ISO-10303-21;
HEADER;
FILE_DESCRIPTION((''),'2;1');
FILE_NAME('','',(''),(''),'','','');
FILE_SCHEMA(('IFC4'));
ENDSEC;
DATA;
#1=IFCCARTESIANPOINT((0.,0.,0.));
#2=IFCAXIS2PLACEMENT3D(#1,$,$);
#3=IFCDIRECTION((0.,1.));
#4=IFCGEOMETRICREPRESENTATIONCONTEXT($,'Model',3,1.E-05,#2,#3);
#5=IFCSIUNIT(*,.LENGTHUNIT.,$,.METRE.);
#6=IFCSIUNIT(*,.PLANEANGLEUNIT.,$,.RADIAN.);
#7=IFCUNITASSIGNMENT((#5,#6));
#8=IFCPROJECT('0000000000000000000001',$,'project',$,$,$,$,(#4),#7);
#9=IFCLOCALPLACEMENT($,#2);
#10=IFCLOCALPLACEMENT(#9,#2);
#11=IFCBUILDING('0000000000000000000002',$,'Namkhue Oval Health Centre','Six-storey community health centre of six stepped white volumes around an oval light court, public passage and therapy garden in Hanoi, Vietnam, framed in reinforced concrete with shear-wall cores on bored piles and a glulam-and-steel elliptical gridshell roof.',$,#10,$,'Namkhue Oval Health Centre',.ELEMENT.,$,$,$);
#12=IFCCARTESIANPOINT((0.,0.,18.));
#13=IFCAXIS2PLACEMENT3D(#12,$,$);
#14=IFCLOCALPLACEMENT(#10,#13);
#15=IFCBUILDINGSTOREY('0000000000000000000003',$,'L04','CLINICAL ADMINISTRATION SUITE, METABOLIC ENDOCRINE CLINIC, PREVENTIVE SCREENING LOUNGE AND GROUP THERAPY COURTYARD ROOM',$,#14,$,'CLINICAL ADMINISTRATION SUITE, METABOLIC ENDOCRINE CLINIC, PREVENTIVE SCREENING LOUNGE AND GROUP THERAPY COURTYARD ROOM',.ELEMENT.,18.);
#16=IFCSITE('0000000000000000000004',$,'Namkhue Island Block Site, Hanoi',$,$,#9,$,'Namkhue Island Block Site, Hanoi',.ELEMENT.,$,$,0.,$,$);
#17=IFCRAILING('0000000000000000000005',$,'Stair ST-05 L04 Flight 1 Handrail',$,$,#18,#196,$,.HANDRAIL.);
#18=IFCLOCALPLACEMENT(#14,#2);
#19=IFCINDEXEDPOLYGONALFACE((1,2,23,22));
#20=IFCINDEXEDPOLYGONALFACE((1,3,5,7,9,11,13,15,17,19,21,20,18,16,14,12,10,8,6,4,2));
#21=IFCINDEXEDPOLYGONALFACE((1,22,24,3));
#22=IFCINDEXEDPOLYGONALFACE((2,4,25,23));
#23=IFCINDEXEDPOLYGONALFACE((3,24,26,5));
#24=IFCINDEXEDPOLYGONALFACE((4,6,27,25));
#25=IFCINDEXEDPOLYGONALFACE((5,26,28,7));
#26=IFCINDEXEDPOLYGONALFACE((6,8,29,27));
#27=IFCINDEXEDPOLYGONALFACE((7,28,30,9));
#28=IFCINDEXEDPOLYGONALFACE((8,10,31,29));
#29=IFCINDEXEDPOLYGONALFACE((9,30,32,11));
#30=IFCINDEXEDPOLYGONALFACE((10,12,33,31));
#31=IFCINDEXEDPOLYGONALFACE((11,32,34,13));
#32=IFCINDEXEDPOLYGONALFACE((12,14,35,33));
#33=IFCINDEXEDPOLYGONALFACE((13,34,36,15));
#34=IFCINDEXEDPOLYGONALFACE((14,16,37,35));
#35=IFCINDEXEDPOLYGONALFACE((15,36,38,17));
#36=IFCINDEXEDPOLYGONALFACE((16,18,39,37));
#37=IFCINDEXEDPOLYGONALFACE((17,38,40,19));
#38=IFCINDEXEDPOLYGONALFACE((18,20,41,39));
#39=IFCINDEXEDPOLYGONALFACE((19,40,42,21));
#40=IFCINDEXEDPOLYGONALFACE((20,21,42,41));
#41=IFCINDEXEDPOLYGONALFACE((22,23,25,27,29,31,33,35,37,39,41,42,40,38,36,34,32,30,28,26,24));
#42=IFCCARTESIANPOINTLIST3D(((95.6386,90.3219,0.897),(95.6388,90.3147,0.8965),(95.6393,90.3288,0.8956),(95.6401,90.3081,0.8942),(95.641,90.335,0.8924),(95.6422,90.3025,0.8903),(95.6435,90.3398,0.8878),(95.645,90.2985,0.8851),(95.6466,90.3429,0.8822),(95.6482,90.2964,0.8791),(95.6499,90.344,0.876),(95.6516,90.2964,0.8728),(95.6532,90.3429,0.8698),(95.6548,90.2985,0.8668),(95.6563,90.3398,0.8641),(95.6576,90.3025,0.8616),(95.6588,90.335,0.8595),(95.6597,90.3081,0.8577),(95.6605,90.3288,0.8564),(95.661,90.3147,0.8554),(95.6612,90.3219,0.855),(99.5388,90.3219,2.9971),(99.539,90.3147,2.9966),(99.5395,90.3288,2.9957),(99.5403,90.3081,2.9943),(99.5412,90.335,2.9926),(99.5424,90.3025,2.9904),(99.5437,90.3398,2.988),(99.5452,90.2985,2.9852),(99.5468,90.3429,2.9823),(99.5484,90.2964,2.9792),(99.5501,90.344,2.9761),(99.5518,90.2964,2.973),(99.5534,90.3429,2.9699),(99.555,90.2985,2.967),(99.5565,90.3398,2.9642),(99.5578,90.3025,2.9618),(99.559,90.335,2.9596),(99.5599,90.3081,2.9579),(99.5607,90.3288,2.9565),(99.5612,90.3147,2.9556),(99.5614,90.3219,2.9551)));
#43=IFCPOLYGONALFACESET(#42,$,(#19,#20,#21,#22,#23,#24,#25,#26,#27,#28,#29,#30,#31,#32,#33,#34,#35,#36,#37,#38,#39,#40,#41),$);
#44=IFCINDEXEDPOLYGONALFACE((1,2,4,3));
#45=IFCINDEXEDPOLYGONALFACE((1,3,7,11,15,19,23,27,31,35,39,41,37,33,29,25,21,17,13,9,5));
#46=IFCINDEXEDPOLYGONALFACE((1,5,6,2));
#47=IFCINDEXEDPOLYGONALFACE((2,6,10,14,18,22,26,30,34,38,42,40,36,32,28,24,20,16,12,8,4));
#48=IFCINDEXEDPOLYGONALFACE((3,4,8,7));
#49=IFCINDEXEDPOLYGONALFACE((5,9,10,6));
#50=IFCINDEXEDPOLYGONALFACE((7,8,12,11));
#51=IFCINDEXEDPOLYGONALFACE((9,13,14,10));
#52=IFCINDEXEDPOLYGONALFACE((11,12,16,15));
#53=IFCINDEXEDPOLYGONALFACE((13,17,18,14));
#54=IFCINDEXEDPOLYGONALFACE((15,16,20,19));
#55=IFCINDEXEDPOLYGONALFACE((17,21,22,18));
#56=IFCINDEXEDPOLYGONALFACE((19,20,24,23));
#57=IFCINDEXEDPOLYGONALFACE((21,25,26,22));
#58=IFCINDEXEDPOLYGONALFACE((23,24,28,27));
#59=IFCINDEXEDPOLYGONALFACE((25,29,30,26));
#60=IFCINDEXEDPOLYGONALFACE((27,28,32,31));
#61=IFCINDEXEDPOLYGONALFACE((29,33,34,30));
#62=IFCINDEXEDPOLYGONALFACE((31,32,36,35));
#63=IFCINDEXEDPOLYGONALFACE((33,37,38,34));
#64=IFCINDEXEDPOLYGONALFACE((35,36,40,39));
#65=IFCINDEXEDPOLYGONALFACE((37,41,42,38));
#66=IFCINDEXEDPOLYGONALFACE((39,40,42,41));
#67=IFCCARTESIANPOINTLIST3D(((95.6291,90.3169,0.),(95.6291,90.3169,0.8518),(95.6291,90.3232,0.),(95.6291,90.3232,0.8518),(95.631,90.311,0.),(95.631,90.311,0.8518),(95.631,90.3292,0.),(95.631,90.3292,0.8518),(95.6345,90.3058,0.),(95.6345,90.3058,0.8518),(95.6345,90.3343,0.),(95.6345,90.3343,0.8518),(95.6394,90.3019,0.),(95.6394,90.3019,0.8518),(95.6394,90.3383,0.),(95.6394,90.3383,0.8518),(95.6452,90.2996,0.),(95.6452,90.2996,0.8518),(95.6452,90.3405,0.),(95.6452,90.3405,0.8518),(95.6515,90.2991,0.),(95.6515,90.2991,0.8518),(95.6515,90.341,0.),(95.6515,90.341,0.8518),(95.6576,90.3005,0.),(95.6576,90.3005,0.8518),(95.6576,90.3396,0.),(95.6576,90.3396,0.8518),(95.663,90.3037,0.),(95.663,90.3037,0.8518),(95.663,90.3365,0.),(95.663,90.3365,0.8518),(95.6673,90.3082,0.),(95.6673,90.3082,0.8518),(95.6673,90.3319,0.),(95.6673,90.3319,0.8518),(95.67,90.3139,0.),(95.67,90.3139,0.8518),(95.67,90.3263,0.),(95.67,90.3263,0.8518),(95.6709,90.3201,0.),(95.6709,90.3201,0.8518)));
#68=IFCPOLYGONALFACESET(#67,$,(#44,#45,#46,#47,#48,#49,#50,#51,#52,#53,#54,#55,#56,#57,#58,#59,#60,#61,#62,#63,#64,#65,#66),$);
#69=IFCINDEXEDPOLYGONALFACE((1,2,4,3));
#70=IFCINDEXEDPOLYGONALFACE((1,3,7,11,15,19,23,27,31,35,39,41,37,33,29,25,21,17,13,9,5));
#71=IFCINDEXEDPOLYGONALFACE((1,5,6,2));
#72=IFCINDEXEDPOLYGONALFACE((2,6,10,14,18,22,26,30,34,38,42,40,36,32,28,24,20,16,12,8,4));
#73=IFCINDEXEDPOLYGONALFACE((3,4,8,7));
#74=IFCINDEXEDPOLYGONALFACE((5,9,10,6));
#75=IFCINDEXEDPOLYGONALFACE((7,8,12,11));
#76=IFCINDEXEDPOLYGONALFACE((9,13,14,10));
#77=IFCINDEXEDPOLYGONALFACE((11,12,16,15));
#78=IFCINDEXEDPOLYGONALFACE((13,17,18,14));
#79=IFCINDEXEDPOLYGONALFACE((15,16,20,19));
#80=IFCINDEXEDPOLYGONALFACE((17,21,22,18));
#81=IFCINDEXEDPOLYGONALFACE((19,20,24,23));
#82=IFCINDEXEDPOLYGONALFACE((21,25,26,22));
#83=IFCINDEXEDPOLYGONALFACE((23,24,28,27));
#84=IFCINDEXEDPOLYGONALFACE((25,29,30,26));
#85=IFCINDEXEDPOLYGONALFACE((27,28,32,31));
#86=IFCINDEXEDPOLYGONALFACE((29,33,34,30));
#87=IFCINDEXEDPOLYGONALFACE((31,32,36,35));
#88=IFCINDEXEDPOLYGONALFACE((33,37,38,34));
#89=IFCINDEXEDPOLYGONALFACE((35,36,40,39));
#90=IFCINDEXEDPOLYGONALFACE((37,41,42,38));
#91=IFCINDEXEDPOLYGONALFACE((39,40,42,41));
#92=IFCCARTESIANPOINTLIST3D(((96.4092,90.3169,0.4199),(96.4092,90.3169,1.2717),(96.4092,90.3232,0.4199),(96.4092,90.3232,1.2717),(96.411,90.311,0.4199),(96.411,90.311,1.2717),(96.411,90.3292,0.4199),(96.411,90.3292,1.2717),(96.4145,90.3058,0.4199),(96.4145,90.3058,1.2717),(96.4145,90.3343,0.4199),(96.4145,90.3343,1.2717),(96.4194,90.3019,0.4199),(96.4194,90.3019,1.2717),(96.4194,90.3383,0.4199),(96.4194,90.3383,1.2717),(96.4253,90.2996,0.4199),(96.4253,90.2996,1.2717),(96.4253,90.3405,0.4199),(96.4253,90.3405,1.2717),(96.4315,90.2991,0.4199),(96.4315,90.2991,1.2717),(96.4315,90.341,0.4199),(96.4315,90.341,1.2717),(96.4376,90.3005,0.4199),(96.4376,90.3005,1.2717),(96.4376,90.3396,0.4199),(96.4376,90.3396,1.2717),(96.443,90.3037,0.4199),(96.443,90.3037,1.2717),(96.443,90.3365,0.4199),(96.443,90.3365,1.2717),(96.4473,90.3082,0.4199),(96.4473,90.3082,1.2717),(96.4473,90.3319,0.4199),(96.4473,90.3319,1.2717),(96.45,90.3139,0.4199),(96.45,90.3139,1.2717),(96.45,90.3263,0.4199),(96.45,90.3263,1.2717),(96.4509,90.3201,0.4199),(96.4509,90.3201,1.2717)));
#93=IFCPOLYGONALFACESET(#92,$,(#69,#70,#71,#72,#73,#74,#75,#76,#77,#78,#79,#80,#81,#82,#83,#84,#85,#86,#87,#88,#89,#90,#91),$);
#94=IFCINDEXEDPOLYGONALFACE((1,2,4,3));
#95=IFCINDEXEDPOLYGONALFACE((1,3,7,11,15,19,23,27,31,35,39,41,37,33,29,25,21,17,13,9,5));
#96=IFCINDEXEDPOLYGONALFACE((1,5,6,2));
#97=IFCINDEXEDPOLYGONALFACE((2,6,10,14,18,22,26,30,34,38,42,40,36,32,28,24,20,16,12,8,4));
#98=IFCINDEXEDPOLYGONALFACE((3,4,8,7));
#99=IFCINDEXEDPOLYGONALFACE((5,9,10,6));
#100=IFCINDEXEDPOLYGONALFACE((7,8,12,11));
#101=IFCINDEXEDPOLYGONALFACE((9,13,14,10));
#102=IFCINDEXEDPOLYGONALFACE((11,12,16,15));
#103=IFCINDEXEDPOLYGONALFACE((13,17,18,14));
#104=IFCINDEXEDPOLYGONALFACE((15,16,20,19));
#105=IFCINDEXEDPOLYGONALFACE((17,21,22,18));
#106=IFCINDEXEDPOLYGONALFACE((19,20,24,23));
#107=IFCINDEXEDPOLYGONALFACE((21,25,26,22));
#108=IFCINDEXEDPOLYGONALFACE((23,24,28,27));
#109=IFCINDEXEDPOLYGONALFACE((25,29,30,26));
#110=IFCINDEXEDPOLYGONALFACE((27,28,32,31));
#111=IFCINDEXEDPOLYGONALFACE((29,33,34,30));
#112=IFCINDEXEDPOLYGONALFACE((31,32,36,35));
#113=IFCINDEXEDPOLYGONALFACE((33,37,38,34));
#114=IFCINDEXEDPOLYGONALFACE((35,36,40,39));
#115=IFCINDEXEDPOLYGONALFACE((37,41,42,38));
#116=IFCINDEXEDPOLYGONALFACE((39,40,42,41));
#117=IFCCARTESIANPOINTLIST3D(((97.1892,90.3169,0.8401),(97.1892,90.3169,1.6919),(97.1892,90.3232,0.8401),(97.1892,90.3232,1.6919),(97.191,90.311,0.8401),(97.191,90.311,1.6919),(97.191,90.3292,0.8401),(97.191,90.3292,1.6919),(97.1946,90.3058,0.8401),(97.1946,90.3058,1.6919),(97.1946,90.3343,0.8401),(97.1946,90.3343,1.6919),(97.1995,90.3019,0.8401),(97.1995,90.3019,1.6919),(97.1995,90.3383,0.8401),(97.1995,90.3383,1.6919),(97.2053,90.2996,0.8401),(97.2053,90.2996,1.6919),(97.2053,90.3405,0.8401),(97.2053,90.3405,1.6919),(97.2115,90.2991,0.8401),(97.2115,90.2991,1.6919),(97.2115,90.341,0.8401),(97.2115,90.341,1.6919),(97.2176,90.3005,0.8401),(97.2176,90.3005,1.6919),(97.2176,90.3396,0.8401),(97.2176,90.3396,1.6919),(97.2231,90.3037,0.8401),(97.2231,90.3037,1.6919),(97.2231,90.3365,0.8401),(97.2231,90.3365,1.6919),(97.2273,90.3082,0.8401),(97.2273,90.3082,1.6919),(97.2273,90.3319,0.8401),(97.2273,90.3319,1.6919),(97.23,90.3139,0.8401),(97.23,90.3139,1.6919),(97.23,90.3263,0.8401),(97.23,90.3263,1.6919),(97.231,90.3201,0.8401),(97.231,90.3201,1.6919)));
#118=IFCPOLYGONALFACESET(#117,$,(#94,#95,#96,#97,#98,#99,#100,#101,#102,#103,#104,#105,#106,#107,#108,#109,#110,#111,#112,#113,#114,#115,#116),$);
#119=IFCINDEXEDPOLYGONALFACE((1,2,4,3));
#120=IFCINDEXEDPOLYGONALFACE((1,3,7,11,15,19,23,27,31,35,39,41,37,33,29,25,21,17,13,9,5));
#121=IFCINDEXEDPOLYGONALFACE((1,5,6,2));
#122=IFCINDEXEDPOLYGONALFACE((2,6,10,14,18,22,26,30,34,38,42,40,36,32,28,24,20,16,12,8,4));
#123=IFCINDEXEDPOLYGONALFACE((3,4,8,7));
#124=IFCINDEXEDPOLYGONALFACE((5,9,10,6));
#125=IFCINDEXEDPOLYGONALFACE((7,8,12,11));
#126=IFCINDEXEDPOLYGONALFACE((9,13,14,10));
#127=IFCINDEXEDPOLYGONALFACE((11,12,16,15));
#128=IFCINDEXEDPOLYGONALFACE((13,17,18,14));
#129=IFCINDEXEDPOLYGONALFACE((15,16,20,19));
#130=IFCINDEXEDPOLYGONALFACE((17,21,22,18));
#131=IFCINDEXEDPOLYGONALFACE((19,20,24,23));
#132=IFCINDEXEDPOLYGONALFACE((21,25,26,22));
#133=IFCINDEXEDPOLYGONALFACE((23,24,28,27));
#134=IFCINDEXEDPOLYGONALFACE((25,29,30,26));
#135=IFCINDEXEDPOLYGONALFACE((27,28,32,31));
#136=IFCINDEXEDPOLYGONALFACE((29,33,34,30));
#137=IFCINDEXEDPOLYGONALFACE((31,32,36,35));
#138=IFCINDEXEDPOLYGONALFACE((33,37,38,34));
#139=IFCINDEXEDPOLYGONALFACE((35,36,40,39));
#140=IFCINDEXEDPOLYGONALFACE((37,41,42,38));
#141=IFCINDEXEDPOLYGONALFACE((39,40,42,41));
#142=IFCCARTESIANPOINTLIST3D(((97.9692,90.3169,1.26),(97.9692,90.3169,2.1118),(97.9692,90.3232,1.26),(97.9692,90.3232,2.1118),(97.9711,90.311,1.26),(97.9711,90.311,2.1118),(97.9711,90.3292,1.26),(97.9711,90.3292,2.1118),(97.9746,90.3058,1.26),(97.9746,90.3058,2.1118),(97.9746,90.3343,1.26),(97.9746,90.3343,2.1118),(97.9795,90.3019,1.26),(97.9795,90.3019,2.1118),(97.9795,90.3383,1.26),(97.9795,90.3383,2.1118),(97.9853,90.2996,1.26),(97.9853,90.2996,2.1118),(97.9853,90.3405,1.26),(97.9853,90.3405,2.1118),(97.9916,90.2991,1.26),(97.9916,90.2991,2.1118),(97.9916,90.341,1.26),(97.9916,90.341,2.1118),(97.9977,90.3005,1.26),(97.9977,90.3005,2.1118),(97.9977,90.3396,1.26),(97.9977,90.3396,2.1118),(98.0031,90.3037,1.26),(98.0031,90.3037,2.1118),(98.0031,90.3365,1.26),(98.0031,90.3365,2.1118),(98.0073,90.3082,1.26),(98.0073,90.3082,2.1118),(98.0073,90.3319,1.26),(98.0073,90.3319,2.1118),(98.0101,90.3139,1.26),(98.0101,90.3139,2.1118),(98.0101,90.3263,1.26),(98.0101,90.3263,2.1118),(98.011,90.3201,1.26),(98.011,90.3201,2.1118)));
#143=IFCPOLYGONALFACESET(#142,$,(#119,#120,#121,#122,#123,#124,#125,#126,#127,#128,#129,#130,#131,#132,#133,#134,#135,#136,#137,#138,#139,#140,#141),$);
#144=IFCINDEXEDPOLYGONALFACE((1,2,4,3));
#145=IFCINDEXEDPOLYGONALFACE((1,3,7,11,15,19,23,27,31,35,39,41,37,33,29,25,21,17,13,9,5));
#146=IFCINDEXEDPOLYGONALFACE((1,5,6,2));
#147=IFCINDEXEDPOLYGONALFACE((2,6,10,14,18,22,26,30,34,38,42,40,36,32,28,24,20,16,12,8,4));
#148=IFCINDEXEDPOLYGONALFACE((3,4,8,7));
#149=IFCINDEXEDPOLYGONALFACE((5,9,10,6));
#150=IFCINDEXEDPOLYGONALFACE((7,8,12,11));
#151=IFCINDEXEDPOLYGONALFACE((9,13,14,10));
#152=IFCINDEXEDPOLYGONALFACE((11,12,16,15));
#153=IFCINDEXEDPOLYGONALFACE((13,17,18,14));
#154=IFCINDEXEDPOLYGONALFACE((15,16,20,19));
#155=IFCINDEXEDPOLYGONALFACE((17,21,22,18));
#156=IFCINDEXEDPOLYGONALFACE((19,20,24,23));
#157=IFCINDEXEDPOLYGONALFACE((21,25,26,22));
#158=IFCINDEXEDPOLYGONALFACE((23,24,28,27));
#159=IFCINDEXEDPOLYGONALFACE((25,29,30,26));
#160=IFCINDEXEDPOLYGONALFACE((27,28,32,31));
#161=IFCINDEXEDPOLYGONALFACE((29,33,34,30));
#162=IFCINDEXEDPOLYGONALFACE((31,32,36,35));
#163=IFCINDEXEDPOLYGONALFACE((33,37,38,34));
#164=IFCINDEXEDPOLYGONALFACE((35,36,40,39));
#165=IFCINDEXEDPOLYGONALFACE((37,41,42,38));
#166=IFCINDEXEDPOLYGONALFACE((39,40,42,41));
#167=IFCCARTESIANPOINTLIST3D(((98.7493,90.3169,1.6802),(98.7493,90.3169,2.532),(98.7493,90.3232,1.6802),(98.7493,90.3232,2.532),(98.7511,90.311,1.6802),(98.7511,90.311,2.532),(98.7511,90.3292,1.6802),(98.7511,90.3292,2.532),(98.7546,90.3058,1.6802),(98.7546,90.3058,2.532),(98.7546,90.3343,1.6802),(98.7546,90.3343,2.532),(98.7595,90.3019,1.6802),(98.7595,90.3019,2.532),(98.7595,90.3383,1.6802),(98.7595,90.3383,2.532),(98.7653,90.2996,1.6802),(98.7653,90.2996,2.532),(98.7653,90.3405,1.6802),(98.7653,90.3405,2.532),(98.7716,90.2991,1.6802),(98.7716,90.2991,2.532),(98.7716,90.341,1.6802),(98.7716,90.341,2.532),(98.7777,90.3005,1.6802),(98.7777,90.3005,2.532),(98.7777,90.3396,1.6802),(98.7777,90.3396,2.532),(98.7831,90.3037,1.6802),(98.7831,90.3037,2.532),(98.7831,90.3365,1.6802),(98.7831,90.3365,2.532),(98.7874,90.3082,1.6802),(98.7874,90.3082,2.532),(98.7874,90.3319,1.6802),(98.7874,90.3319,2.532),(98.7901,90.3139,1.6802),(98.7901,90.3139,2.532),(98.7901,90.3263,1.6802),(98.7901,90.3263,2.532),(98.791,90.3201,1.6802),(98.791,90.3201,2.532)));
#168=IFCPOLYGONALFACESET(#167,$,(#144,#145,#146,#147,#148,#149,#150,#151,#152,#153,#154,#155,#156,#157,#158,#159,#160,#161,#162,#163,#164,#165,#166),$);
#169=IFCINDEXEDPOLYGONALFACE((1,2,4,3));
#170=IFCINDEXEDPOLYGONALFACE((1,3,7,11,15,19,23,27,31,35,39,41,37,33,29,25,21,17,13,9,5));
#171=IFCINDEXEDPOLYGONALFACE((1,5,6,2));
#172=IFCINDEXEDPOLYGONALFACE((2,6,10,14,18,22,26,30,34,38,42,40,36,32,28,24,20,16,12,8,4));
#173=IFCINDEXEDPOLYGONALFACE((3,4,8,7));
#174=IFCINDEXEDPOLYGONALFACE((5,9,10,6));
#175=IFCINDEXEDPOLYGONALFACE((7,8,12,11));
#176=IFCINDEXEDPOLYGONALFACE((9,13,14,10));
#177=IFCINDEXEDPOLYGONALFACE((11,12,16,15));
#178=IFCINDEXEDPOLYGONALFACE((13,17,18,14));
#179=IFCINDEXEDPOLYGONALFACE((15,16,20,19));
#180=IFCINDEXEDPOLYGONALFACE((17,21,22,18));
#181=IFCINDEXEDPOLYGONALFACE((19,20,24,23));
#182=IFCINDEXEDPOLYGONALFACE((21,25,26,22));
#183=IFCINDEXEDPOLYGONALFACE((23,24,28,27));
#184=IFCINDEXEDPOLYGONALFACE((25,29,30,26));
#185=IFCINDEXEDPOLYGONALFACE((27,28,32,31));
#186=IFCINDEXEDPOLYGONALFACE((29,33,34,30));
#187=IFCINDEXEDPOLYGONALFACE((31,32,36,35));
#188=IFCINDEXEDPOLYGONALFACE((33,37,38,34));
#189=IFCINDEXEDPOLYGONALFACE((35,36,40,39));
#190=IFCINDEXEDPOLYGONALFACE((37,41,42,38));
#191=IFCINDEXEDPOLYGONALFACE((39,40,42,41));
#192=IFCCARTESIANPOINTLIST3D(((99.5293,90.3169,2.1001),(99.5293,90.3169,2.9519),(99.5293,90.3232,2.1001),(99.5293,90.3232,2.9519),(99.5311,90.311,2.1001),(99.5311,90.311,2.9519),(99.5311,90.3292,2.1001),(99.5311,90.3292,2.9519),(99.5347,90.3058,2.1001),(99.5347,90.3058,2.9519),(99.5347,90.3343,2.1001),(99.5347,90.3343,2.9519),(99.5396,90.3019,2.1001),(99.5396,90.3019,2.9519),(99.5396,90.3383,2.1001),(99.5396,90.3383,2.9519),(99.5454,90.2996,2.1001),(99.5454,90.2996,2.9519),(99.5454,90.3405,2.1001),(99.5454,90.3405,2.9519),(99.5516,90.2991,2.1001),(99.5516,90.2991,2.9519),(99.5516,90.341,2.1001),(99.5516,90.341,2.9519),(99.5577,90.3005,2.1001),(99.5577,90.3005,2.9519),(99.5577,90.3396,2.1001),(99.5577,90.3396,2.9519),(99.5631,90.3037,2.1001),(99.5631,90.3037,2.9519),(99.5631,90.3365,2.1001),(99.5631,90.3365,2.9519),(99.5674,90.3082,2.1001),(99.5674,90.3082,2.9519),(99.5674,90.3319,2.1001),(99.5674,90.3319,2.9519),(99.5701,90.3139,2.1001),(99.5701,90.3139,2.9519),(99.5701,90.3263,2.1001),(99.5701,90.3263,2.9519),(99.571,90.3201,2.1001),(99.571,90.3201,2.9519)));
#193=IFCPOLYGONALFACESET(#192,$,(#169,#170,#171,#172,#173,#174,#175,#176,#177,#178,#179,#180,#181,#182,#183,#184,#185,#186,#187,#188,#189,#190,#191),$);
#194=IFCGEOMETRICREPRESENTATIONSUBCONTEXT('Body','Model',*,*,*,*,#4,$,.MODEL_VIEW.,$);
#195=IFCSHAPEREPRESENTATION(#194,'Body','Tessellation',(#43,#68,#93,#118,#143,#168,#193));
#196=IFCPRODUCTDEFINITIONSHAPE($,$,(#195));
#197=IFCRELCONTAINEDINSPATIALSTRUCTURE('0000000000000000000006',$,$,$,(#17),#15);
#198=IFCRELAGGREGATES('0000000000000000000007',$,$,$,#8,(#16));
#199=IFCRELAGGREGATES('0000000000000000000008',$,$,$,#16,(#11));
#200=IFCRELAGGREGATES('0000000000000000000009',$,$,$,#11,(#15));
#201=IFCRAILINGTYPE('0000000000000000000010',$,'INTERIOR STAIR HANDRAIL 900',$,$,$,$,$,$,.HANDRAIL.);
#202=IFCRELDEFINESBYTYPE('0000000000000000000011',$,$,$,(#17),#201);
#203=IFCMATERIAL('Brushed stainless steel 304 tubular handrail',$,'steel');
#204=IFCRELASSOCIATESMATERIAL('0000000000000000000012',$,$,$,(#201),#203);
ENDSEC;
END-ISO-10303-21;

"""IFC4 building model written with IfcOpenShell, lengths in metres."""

from ifc_helpers import new_model, si_unit, direction, frame, origin, origin_2d, place, context, subcontext, project, spatial, circle, extrude, material, type_object, element, save


model = new_model("IFC4")

# Units and contexts
model_context = context("Model", 3, precision=1e-05, world=origin(), true_north=direction((0.0, 1.0)))
body_context = subcontext(model_context, "Body", "Model", "MODEL_VIEW")
ifc_project = project(units=[si_unit("LENGTHUNIT", "METRE"), si_unit("PLANEANGLEUNIT", "RADIAN")], contexts=[model_context])

# Site, building, storey
site_placement = place(None, origin())
site = spatial("IfcSite", under=ifc_project, at=site_placement, Name="Namkhue Island Block Site, Hanoi", LongName="Namkhue Island Block Site, Hanoi", CompositionType="ELEMENT", RefElevation=0.0)
building_placement = place(site_placement, origin())
building = spatial("IfcBuilding", under=site, at=building_placement, Name="Namkhue Oval Health Centre", Description="Six-storey community health centre of six stepped white volumes around an oval light court, public passage and therapy garden in Hanoi, Vietnam, framed in reinforced concrete with shear-wall cores on bored piles and a glulam-and-steel elliptical gridshell roof.", LongName="Namkhue Oval Health Centre", CompositionType="ELEMENT")
storey_placement = place(building_placement, frame((0.0, 0.0, 18.0)))
storey = spatial("IfcBuildingStorey", under=building, at=storey_placement, Name="L04", Description="CLINICAL ADMINISTRATION SUITE, METABOLIC ENDOCRINE CLINIC, PREVENTIVE SCREENING LOUNGE AND GROUP THERAPY COURTYARD ROOM", LongName="CLINICAL ADMINISTRATION SUITE, METABOLIC ENDOCRINE CLINIC, PREVENTIVE SCREENING LOUNGE AND GROUP THERAPY COURTYARD ROOM", CompositionType="ELEMENT", Elevation=18.0)

# Railing
ifc_material_1 = material(Name="Brushed stainless steel 304 tubular handrail", Category="steel")
railing_type_1 = type_object("IfcRailingType", Name="INTERIOR STAIR HANDRAIL 900", PredefinedType="HANDRAIL", material=ifc_material_1)
railing_1_placement = place(storey_placement, frame((95.6499, 90.3201, 0.0)))
element("IfcRailing", 1, at=railing_1_placement, inside=storey, type_object=railing_type_1, Name="Stair ST-05 L04 Flight 1 Handrail", PredefinedType="HANDRAIL", context=body_context, shape_type="SweptSolid", body=[
    extrude(circle(Radius=0.0239, at=origin_2d()), frame((0.0, 0.0, 0.876), z_axis=(0.880469, 0.0, 0.474103), x_axis=(0.0, 1.0, 0.0)), (0.0, 0.0, 1.0), 4.4297),
    extrude(circle(Radius=0.021, at=origin_2d()), origin(), (0.0, 0.0, 1.0), 0.8518),
    extrude(circle(Radius=0.021, at=origin_2d()), frame((0.78, 0.0, 0.4199)), (0.0, 0.0, 1.0), 0.8518),
    extrude(circle(Radius=0.021, at=origin_2d()), frame((1.5601, 0.0, 0.8401)), (0.0, 0.0, 1.0), 0.8518),
    extrude(circle(Radius=0.021, at=origin_2d()), frame((2.3401, 0.0, 1.26)), (0.0, 0.0, 1.0), 0.8518),
    extrude(circle(Radius=0.021, at=origin_2d()), frame((3.1201, 0.0, 1.6802)), (0.0, 0.0, 1.0), 0.8518),
    extrude(circle(Radius=0.021, at=origin_2d()), frame((3.9001, 0.0, 2.1001)), (0.0, 0.0, 1.0), 0.8518),
])

save(model, "model.ifc")
